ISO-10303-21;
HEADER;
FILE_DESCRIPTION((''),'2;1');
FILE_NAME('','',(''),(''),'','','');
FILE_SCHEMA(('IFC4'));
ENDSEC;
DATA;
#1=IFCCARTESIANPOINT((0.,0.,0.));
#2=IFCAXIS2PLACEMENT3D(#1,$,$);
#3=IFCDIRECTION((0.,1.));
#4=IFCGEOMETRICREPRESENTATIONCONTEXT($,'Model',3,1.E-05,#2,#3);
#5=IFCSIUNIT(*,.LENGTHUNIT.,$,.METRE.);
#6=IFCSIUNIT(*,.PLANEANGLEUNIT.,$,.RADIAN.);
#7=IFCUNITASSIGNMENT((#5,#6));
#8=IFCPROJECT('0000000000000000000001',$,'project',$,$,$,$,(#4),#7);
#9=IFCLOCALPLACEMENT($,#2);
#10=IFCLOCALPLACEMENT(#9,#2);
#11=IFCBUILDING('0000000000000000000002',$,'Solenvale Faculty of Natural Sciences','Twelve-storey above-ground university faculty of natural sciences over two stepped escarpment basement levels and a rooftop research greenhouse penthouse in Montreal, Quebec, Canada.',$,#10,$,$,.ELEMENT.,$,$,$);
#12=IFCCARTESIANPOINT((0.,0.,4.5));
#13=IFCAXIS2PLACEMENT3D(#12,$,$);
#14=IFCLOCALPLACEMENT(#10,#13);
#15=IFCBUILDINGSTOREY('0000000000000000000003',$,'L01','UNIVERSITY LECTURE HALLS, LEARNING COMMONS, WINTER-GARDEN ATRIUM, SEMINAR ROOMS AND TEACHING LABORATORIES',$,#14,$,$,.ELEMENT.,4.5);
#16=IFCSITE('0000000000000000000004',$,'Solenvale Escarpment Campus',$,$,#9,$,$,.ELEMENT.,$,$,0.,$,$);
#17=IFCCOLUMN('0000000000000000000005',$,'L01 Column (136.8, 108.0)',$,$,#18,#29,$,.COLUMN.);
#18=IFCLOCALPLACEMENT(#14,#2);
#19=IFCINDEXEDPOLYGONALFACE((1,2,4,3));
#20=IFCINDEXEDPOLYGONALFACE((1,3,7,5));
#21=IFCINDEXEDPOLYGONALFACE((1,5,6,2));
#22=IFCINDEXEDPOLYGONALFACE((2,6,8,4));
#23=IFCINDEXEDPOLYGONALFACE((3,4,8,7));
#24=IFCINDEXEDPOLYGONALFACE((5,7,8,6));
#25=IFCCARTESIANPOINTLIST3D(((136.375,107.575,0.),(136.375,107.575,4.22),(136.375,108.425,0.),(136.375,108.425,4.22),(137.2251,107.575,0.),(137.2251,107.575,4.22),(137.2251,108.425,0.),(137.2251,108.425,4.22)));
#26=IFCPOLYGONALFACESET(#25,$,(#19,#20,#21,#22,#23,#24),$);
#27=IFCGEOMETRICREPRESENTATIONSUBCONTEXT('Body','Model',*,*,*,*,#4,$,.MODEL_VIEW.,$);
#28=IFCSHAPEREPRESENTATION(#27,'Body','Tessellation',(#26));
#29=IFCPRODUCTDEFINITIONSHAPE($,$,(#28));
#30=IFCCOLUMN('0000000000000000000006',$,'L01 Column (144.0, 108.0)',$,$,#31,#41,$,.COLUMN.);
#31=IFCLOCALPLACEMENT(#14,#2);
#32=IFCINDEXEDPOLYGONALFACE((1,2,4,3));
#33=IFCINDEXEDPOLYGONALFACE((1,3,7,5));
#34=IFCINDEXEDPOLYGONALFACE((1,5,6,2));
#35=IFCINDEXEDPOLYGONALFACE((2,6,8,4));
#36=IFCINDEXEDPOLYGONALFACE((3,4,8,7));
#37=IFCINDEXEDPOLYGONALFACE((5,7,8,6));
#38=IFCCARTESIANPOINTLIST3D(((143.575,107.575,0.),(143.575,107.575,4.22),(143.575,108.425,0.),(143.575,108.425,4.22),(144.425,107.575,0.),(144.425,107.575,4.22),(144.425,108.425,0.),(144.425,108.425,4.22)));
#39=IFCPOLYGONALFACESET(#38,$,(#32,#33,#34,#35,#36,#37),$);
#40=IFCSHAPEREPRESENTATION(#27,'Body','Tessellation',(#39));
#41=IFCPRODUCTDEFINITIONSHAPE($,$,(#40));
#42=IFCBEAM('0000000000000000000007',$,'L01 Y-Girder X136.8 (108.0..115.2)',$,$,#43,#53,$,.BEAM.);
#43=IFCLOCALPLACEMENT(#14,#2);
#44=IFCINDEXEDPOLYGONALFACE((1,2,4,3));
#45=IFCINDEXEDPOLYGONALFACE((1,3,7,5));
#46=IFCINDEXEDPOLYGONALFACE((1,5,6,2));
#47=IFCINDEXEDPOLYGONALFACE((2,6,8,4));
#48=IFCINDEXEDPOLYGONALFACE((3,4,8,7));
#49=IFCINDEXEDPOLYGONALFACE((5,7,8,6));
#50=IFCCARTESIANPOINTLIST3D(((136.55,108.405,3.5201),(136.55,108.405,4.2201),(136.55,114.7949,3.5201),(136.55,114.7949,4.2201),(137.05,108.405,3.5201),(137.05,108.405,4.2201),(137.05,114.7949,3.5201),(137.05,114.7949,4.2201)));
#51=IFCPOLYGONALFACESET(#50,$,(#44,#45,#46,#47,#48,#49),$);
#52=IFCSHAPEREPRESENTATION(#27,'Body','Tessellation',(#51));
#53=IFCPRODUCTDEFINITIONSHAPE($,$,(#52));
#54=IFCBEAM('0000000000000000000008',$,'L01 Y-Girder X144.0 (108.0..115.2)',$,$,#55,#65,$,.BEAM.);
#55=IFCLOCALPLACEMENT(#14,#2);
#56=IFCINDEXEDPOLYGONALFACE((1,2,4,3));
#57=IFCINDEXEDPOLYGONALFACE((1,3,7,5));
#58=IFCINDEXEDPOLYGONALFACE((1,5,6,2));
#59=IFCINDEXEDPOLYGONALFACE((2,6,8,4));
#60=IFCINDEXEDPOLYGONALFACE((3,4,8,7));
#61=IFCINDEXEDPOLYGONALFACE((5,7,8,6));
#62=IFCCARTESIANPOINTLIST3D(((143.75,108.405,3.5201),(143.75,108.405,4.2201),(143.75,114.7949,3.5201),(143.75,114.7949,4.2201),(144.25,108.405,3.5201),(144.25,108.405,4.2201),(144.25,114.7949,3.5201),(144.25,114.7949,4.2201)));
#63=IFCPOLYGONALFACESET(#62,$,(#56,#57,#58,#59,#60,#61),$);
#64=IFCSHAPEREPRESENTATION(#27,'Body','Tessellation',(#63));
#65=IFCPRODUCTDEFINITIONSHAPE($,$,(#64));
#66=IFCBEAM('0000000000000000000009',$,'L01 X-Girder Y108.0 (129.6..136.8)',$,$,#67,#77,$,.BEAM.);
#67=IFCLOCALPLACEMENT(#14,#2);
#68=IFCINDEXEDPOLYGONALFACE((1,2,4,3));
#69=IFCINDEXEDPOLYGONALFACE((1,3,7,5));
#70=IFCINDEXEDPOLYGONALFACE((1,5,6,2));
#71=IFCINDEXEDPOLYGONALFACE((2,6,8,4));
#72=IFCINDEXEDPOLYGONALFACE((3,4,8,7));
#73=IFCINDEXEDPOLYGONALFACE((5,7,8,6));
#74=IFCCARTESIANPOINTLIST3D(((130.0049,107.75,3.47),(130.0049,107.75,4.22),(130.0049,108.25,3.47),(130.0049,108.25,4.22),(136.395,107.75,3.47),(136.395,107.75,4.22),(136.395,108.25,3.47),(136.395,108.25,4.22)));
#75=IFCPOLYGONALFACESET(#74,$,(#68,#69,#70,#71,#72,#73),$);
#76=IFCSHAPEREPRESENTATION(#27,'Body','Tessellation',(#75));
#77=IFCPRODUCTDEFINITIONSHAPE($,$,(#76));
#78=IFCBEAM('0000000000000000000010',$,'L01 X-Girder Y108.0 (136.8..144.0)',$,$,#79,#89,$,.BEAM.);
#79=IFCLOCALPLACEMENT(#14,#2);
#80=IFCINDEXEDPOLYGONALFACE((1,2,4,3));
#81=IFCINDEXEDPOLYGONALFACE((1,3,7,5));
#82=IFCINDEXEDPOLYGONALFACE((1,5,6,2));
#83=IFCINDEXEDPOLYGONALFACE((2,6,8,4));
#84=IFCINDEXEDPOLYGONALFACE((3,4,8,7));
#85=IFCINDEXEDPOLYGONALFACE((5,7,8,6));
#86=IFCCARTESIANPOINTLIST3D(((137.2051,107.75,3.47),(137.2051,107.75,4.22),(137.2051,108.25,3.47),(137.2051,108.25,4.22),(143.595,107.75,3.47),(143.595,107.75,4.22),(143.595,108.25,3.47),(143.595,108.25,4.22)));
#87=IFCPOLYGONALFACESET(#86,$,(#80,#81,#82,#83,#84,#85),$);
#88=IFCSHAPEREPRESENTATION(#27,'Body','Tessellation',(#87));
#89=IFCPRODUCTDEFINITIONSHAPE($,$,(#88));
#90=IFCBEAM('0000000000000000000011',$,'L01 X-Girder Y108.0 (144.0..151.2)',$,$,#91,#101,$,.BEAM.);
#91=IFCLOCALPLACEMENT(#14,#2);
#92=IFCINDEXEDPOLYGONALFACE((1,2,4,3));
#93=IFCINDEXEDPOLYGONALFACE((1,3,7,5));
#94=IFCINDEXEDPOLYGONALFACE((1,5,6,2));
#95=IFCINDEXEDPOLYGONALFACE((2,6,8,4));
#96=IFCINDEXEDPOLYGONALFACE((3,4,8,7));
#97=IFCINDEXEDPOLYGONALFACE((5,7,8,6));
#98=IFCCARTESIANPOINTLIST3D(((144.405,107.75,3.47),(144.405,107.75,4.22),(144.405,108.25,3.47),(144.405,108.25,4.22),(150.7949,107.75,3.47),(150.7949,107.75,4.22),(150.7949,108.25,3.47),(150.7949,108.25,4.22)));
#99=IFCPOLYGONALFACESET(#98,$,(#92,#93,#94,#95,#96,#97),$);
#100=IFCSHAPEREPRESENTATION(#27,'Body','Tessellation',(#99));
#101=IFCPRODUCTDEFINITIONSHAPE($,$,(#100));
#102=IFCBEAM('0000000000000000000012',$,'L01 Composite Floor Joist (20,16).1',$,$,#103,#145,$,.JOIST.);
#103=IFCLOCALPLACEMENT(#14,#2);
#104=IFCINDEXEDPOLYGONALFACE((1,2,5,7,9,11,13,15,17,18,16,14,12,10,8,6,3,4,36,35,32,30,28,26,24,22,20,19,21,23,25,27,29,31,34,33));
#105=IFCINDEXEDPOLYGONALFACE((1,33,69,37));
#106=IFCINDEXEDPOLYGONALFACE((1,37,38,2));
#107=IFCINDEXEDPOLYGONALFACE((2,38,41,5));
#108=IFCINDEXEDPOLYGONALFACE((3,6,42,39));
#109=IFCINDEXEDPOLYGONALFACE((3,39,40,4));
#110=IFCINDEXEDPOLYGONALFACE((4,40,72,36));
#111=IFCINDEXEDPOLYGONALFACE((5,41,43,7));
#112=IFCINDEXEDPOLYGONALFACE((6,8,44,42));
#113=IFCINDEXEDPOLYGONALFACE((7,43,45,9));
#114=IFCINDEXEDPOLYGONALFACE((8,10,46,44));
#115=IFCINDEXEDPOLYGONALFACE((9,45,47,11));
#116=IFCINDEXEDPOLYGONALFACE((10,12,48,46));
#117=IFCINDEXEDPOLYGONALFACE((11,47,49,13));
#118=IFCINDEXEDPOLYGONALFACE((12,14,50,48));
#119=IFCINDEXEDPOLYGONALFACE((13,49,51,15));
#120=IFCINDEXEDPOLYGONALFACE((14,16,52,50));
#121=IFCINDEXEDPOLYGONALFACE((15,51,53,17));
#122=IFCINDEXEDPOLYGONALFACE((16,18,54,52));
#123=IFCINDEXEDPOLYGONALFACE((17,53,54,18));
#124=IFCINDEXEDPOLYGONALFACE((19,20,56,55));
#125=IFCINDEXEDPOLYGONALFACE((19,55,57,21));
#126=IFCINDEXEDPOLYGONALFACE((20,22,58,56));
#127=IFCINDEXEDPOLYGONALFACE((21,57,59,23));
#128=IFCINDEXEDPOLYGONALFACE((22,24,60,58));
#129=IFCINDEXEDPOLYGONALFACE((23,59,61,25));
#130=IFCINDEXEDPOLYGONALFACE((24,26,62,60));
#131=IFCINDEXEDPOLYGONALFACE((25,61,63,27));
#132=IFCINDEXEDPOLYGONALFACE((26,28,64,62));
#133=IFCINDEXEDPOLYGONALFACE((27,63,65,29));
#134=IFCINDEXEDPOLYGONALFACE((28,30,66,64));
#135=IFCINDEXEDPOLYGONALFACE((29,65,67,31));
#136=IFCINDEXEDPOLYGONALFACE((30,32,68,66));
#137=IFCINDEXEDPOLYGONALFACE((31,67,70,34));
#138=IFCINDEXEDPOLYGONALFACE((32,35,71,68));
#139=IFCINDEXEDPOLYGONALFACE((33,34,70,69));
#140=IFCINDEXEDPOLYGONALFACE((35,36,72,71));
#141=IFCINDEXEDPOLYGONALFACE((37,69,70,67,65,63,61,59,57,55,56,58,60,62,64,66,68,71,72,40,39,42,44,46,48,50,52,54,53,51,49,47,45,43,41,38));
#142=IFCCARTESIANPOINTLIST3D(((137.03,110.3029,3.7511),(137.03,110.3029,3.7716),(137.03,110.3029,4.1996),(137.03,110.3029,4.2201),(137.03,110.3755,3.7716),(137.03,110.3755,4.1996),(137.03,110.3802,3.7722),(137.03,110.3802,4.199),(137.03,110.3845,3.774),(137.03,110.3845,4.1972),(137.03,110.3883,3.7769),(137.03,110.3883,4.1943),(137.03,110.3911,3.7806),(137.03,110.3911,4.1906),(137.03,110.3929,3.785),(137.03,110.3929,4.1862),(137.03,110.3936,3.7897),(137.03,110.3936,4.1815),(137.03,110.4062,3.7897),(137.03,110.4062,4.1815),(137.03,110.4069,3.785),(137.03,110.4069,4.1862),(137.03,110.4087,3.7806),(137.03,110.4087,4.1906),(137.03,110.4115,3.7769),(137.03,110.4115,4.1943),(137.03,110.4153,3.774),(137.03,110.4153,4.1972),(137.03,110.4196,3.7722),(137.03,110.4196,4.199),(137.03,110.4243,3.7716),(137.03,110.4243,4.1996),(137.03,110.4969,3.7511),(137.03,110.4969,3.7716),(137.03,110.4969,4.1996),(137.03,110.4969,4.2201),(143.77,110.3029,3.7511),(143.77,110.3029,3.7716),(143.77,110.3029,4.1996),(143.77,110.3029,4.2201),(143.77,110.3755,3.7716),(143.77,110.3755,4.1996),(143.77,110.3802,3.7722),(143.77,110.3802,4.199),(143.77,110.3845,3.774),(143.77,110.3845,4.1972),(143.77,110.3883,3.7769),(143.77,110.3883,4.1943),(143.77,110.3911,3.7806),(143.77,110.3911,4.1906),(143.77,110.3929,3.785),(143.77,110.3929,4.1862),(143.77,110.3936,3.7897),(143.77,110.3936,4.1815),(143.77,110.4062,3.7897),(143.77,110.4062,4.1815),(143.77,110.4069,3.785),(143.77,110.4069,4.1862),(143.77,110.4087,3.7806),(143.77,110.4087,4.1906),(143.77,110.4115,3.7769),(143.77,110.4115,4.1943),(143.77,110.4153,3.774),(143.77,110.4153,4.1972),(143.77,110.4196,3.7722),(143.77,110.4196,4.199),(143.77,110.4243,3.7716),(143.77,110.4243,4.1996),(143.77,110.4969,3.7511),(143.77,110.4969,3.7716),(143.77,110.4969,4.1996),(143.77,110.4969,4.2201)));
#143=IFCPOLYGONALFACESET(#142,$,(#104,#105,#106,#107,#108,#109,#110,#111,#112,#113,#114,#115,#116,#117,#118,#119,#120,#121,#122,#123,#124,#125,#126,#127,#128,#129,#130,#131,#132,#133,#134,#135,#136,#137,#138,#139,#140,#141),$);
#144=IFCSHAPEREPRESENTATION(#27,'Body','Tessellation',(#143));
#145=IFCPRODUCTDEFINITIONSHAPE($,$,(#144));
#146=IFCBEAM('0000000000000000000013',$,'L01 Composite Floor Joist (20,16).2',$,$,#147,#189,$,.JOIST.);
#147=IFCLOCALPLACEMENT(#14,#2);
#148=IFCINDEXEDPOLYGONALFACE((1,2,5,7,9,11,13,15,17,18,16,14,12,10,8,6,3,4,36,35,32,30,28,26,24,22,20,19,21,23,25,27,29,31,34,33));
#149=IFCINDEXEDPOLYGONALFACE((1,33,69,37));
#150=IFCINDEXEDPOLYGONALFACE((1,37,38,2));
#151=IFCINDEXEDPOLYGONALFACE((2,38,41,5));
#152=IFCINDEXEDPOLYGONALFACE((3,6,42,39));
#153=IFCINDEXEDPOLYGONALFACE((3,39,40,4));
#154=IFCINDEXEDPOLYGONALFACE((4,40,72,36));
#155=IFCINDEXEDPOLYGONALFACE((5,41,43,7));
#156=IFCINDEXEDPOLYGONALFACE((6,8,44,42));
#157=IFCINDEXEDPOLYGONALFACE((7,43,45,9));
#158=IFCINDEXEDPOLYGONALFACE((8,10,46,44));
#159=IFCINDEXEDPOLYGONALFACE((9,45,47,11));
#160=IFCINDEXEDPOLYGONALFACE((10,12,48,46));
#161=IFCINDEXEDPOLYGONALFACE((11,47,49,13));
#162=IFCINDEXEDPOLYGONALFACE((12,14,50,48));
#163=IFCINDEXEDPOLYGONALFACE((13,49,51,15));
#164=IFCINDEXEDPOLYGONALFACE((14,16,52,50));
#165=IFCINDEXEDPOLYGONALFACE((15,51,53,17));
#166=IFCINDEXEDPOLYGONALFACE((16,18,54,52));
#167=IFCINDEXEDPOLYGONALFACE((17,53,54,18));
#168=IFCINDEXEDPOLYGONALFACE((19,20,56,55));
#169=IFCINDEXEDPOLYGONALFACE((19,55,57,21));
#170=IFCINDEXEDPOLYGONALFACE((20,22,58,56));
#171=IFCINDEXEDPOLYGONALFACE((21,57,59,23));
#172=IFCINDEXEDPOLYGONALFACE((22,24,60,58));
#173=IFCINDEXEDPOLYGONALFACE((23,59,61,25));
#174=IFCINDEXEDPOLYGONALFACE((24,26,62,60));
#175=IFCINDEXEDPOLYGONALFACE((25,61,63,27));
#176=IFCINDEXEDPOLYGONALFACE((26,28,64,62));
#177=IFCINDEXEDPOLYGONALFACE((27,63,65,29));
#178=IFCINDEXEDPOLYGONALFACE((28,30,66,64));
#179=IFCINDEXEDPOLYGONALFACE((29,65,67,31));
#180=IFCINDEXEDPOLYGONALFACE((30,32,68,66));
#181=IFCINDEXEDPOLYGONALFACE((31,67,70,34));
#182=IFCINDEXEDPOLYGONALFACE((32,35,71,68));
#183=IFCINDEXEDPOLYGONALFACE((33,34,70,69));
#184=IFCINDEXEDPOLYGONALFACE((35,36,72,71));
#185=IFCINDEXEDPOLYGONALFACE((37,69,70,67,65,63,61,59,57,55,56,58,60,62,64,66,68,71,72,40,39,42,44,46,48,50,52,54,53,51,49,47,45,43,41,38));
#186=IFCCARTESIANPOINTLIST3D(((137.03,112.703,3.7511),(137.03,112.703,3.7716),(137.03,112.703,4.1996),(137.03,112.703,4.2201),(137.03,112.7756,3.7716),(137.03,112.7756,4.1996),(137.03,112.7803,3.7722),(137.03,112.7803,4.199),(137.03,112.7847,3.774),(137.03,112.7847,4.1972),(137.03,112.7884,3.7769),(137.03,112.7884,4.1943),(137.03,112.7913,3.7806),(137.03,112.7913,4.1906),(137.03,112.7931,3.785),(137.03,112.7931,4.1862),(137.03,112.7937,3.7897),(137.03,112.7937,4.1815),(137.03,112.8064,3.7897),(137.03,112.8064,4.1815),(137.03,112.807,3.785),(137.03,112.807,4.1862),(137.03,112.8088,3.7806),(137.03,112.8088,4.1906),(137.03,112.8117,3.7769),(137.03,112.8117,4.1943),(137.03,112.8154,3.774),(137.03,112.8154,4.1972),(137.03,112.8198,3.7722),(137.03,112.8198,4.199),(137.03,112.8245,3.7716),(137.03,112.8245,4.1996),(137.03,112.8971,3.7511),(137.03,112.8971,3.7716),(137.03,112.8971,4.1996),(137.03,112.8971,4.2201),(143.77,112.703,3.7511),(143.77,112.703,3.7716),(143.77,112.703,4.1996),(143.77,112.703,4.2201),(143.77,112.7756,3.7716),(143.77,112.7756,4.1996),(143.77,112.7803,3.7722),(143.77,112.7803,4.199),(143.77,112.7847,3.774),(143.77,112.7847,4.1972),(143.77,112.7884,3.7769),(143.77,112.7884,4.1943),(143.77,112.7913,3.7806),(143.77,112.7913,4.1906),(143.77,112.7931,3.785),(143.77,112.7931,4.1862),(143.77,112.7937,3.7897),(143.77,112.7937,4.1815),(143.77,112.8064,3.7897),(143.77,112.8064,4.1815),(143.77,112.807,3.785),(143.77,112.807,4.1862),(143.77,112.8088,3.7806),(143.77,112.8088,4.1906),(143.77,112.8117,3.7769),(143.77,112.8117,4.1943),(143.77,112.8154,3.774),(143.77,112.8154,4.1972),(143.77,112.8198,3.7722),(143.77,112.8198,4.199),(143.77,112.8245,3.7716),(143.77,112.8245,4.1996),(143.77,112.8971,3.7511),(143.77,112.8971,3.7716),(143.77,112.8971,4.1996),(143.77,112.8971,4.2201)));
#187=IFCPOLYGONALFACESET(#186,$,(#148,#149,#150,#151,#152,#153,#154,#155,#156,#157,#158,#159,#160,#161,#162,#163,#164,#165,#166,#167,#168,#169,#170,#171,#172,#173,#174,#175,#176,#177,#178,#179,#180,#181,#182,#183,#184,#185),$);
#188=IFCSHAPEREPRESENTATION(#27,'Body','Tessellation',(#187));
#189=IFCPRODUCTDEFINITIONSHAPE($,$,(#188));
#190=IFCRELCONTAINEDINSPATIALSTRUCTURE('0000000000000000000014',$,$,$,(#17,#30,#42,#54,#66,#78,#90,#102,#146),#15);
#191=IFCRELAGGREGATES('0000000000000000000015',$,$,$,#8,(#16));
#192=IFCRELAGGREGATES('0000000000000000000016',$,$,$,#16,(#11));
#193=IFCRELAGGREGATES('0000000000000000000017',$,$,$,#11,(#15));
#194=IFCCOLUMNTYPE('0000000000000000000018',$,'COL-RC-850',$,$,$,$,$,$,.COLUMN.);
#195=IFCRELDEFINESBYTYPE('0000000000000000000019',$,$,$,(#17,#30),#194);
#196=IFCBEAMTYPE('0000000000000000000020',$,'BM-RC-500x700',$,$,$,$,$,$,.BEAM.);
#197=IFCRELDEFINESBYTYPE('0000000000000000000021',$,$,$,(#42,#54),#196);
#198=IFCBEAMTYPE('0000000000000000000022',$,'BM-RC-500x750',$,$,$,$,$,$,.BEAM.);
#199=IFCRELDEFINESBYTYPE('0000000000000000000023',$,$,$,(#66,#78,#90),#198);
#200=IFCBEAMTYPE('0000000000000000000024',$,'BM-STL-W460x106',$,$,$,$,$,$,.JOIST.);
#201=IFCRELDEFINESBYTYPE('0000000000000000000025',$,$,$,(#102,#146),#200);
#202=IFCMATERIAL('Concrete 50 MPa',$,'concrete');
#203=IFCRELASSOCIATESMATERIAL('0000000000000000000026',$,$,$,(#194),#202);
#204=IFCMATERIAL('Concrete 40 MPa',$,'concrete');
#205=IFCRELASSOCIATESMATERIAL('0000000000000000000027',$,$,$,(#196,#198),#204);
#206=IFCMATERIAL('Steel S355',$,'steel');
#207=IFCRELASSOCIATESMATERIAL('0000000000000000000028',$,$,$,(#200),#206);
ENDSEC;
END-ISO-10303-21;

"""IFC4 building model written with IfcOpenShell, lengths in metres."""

from ifc_helpers import new_model, si_unit, direction, frame, origin, origin_2d, place, context, subcontext, project, spatial, rectangle, i_section, extrude, material, material_profile, profile_set, type_object, element, save


model = new_model("IFC4")

# Units and contexts
model_context = context("Model", 3, precision=1e-05, world=origin(), true_north=direction((0.0, 1.0)))
body_context = subcontext(model_context, "Body", "Model", "MODEL_VIEW")
ifc_project = project(units=[si_unit("LENGTHUNIT", "METRE"), si_unit("PLANEANGLEUNIT", "RADIAN")], contexts=[model_context])

# Site, building, storey
site_placement = place(None, origin())
site = spatial("IfcSite", under=ifc_project, at=site_placement, Name="Solenvale Escarpment Campus", CompositionType="ELEMENT", RefElevation=0.0)
building_placement = place(site_placement, origin())
building = spatial("IfcBuilding", under=site, at=building_placement, Name="Solenvale Faculty of Natural Sciences", Description="Twelve-storey above-ground university faculty of natural sciences over two stepped escarpment basement levels and a rooftop research greenhouse penthouse in Montreal, Quebec, Canada.", CompositionType="ELEMENT")
storey_placement = place(building_placement, frame((0.0, 0.0, 4.5)))
storey = spatial("IfcBuildingStorey", under=building, at=storey_placement, Name="L01", Description="UNIVERSITY LECTURE HALLS, LEARNING COMMONS, WINTER-GARDEN ATRIUM, SEMINAR ROOMS AND TEACHING LABORATORIES", CompositionType="ELEMENT", Elevation=4.5)

# Columns
ifc_material_1 = material(Name="Concrete 50 MPa", Category="concrete")
ifc_material_profile_1 = material_profile(ifc_material_1, rectangle(XDim=0.8501, YDim=0.8501, at=origin_2d()), Name="RC-COL-850x850")
ifc_profile_set_1 = profile_set([ifc_material_profile_1], Name="Concrete 50 MPa")
column_type = type_object("IfcColumnType", Name="COL-RC-850", PredefinedType="COLUMN", material=ifc_profile_set_1)
for number, where, z_axis, x_axis, name in (
    (1, (136.8, 108.0, 0.0), (0.0, 0.0, 1.0), (1.0, 0.0, 0.0), "L01 Column (136.8, 108.0)"),
    (2, (144.0, 108.0, 0.0), (0.0, 0.0, 1.0), (1.0, 0.0, 0.0), "L01 Column (144.0, 108.0)"),
):
    element("IfcColumn", number, at=place(storey_placement, frame(where, z_axis=z_axis, x_axis=x_axis)), inside=storey, type_object=column_type, Name=name, PredefinedType="COLUMN", context=body_context, shape_type="SweptSolid", body=[
        extrude(rectangle(XDim=0.8501, YDim=0.8501, at=origin_2d()), origin(), (0.0, 0.0, 1.0), 4.22),
    ])

# Beams
ifc_material_2 = material(Name="Concrete 40 MPa", Category="concrete")
ifc_material_profile_2 = material_profile(ifc_material_2, rectangle(XDim=0.5, YDim=0.7, at=origin_2d()), Name="RC-BM-500x700")
ifc_profile_set_2 = profile_set([ifc_material_profile_2], Name="Concrete 40 MPa")
beam_type_1 = type_object("IfcBeamType", Name="BM-RC-500x700", PredefinedType="BEAM", material=ifc_profile_set_2)
for number, where, z_axis, x_axis, name in (
    (3, (136.8, 108.405, 3.8701), (0.0, 1.0, 0.0), (-1.0, 0.0, 0.0), "L01 Y-Girder X136.8 (108.0..115.2)"),
    (4, (144.0, 108.405, 3.8701), (0.0, 1.0, 0.0), (-1.0, 0.0, 0.0), "L01 Y-Girder X144.0 (108.0..115.2)"),
):
    element("IfcBeam", number, at=place(storey_placement, frame(where, z_axis=z_axis, x_axis=x_axis)), inside=storey, type_object=beam_type_1, Name=name, PredefinedType="BEAM", context=body_context, shape_type="SweptSolid", body=[
        extrude(rectangle(XDim=0.5, YDim=0.7, at=origin_2d()), origin(), (0.0, 0.0, 1.0), 6.3899),
    ])
ifc_material_profile_3 = material_profile(ifc_material_2, rectangle(XDim=0.5, YDim=0.75, at=origin_2d()), Name="RC-BM-500x750")
ifc_profile_set_3 = profile_set([ifc_material_profile_3], Name="Concrete 40 MPa")
beam_type_2 = type_object("IfcBeamType", Name="BM-RC-500x750", PredefinedType="BEAM", material=ifc_profile_set_3)
beam_placement = place(storey_placement, frame((130.0049, 108.0, 3.845), z_axis=(1.0, 0.0, 0.0), x_axis=(0.0, 1.0, 0.0)))
element("IfcBeam", 5, at=beam_placement, inside=storey, type_object=beam_type_2, Name="L01 X-Girder Y108.0 (129.6..136.8)", PredefinedType="BEAM", context=body_context, shape_type="SweptSolid", body=[
    extrude(rectangle(XDim=0.5, YDim=0.75, at=origin_2d()), origin(), (0.0, 0.0, 1.0), 6.3901),
])
for number, where, z_axis, x_axis, name in (
    (6, (137.2051, 108.0, 3.845), (1.0, 0.0, 0.0), (0.0, 1.0, 0.0), "L01 X-Girder Y108.0 (136.8..144.0)"),
    (7, (144.405, 108.0, 3.845), (1.0, 0.0, 0.0), (0.0, 1.0, 0.0), "L01 X-Girder Y108.0 (144.0..151.2)"),
):
    element("IfcBeam", number, at=place(storey_placement, frame(where, z_axis=z_axis, x_axis=x_axis)), inside=storey, type_object=beam_type_2, Name=name, PredefinedType="BEAM", context=body_context, shape_type="SweptSolid", body=[
        extrude(rectangle(XDim=0.5, YDim=0.75, at=origin_2d()), origin(), (0.0, 0.0, 1.0), 6.3899),
    ])
ifc_material_3 = material(Name="Steel S355", Category="steel")
ifc_material_profile_4 = material_profile(ifc_material_3, i_section(OverallWidth=0.1941, OverallDepth=0.469, WebThickness=0.0127, FlangeThickness=0.0205, FilletRadius=0.0181, at=origin_2d()), Name="W460x106")
ifc_profile_set_4 = profile_set([ifc_material_profile_4], Name="Steel S355")
beam_type_3 = type_object("IfcBeamType", Name="BM-STL-W460x106", PredefinedType="JOIST", material=ifc_profile_set_4)
for number, where, z_axis, x_axis, name in (
    (8, (137.03, 110.3999, 3.9856), (1.0, 0.0, 0.0), (0.0, 1.0, 0.0), "L01 Composite Floor Joist (20,16).1"),
    (9, (137.03, 112.8, 3.9856), (1.0, 0.0, 0.0), (0.0, 1.0, 0.0), "L01 Composite Floor Joist (20,16).2"),
):
    element("IfcBeam", number, at=place(storey_placement, frame(where, z_axis=z_axis, x_axis=x_axis)), inside=storey, type_object=beam_type_3, Name=name, PredefinedType="JOIST", context=body_context, shape_type="SweptSolid", body=[
        extrude(i_section(OverallWidth=0.1941, OverallDepth=0.469, WebThickness=0.0127, FlangeThickness=0.0205, FilletRadius=0.0181, at=origin_2d()), origin(), (0.0, 0.0, 1.0), 6.74),
    ])

save(model, "model.ifc")
